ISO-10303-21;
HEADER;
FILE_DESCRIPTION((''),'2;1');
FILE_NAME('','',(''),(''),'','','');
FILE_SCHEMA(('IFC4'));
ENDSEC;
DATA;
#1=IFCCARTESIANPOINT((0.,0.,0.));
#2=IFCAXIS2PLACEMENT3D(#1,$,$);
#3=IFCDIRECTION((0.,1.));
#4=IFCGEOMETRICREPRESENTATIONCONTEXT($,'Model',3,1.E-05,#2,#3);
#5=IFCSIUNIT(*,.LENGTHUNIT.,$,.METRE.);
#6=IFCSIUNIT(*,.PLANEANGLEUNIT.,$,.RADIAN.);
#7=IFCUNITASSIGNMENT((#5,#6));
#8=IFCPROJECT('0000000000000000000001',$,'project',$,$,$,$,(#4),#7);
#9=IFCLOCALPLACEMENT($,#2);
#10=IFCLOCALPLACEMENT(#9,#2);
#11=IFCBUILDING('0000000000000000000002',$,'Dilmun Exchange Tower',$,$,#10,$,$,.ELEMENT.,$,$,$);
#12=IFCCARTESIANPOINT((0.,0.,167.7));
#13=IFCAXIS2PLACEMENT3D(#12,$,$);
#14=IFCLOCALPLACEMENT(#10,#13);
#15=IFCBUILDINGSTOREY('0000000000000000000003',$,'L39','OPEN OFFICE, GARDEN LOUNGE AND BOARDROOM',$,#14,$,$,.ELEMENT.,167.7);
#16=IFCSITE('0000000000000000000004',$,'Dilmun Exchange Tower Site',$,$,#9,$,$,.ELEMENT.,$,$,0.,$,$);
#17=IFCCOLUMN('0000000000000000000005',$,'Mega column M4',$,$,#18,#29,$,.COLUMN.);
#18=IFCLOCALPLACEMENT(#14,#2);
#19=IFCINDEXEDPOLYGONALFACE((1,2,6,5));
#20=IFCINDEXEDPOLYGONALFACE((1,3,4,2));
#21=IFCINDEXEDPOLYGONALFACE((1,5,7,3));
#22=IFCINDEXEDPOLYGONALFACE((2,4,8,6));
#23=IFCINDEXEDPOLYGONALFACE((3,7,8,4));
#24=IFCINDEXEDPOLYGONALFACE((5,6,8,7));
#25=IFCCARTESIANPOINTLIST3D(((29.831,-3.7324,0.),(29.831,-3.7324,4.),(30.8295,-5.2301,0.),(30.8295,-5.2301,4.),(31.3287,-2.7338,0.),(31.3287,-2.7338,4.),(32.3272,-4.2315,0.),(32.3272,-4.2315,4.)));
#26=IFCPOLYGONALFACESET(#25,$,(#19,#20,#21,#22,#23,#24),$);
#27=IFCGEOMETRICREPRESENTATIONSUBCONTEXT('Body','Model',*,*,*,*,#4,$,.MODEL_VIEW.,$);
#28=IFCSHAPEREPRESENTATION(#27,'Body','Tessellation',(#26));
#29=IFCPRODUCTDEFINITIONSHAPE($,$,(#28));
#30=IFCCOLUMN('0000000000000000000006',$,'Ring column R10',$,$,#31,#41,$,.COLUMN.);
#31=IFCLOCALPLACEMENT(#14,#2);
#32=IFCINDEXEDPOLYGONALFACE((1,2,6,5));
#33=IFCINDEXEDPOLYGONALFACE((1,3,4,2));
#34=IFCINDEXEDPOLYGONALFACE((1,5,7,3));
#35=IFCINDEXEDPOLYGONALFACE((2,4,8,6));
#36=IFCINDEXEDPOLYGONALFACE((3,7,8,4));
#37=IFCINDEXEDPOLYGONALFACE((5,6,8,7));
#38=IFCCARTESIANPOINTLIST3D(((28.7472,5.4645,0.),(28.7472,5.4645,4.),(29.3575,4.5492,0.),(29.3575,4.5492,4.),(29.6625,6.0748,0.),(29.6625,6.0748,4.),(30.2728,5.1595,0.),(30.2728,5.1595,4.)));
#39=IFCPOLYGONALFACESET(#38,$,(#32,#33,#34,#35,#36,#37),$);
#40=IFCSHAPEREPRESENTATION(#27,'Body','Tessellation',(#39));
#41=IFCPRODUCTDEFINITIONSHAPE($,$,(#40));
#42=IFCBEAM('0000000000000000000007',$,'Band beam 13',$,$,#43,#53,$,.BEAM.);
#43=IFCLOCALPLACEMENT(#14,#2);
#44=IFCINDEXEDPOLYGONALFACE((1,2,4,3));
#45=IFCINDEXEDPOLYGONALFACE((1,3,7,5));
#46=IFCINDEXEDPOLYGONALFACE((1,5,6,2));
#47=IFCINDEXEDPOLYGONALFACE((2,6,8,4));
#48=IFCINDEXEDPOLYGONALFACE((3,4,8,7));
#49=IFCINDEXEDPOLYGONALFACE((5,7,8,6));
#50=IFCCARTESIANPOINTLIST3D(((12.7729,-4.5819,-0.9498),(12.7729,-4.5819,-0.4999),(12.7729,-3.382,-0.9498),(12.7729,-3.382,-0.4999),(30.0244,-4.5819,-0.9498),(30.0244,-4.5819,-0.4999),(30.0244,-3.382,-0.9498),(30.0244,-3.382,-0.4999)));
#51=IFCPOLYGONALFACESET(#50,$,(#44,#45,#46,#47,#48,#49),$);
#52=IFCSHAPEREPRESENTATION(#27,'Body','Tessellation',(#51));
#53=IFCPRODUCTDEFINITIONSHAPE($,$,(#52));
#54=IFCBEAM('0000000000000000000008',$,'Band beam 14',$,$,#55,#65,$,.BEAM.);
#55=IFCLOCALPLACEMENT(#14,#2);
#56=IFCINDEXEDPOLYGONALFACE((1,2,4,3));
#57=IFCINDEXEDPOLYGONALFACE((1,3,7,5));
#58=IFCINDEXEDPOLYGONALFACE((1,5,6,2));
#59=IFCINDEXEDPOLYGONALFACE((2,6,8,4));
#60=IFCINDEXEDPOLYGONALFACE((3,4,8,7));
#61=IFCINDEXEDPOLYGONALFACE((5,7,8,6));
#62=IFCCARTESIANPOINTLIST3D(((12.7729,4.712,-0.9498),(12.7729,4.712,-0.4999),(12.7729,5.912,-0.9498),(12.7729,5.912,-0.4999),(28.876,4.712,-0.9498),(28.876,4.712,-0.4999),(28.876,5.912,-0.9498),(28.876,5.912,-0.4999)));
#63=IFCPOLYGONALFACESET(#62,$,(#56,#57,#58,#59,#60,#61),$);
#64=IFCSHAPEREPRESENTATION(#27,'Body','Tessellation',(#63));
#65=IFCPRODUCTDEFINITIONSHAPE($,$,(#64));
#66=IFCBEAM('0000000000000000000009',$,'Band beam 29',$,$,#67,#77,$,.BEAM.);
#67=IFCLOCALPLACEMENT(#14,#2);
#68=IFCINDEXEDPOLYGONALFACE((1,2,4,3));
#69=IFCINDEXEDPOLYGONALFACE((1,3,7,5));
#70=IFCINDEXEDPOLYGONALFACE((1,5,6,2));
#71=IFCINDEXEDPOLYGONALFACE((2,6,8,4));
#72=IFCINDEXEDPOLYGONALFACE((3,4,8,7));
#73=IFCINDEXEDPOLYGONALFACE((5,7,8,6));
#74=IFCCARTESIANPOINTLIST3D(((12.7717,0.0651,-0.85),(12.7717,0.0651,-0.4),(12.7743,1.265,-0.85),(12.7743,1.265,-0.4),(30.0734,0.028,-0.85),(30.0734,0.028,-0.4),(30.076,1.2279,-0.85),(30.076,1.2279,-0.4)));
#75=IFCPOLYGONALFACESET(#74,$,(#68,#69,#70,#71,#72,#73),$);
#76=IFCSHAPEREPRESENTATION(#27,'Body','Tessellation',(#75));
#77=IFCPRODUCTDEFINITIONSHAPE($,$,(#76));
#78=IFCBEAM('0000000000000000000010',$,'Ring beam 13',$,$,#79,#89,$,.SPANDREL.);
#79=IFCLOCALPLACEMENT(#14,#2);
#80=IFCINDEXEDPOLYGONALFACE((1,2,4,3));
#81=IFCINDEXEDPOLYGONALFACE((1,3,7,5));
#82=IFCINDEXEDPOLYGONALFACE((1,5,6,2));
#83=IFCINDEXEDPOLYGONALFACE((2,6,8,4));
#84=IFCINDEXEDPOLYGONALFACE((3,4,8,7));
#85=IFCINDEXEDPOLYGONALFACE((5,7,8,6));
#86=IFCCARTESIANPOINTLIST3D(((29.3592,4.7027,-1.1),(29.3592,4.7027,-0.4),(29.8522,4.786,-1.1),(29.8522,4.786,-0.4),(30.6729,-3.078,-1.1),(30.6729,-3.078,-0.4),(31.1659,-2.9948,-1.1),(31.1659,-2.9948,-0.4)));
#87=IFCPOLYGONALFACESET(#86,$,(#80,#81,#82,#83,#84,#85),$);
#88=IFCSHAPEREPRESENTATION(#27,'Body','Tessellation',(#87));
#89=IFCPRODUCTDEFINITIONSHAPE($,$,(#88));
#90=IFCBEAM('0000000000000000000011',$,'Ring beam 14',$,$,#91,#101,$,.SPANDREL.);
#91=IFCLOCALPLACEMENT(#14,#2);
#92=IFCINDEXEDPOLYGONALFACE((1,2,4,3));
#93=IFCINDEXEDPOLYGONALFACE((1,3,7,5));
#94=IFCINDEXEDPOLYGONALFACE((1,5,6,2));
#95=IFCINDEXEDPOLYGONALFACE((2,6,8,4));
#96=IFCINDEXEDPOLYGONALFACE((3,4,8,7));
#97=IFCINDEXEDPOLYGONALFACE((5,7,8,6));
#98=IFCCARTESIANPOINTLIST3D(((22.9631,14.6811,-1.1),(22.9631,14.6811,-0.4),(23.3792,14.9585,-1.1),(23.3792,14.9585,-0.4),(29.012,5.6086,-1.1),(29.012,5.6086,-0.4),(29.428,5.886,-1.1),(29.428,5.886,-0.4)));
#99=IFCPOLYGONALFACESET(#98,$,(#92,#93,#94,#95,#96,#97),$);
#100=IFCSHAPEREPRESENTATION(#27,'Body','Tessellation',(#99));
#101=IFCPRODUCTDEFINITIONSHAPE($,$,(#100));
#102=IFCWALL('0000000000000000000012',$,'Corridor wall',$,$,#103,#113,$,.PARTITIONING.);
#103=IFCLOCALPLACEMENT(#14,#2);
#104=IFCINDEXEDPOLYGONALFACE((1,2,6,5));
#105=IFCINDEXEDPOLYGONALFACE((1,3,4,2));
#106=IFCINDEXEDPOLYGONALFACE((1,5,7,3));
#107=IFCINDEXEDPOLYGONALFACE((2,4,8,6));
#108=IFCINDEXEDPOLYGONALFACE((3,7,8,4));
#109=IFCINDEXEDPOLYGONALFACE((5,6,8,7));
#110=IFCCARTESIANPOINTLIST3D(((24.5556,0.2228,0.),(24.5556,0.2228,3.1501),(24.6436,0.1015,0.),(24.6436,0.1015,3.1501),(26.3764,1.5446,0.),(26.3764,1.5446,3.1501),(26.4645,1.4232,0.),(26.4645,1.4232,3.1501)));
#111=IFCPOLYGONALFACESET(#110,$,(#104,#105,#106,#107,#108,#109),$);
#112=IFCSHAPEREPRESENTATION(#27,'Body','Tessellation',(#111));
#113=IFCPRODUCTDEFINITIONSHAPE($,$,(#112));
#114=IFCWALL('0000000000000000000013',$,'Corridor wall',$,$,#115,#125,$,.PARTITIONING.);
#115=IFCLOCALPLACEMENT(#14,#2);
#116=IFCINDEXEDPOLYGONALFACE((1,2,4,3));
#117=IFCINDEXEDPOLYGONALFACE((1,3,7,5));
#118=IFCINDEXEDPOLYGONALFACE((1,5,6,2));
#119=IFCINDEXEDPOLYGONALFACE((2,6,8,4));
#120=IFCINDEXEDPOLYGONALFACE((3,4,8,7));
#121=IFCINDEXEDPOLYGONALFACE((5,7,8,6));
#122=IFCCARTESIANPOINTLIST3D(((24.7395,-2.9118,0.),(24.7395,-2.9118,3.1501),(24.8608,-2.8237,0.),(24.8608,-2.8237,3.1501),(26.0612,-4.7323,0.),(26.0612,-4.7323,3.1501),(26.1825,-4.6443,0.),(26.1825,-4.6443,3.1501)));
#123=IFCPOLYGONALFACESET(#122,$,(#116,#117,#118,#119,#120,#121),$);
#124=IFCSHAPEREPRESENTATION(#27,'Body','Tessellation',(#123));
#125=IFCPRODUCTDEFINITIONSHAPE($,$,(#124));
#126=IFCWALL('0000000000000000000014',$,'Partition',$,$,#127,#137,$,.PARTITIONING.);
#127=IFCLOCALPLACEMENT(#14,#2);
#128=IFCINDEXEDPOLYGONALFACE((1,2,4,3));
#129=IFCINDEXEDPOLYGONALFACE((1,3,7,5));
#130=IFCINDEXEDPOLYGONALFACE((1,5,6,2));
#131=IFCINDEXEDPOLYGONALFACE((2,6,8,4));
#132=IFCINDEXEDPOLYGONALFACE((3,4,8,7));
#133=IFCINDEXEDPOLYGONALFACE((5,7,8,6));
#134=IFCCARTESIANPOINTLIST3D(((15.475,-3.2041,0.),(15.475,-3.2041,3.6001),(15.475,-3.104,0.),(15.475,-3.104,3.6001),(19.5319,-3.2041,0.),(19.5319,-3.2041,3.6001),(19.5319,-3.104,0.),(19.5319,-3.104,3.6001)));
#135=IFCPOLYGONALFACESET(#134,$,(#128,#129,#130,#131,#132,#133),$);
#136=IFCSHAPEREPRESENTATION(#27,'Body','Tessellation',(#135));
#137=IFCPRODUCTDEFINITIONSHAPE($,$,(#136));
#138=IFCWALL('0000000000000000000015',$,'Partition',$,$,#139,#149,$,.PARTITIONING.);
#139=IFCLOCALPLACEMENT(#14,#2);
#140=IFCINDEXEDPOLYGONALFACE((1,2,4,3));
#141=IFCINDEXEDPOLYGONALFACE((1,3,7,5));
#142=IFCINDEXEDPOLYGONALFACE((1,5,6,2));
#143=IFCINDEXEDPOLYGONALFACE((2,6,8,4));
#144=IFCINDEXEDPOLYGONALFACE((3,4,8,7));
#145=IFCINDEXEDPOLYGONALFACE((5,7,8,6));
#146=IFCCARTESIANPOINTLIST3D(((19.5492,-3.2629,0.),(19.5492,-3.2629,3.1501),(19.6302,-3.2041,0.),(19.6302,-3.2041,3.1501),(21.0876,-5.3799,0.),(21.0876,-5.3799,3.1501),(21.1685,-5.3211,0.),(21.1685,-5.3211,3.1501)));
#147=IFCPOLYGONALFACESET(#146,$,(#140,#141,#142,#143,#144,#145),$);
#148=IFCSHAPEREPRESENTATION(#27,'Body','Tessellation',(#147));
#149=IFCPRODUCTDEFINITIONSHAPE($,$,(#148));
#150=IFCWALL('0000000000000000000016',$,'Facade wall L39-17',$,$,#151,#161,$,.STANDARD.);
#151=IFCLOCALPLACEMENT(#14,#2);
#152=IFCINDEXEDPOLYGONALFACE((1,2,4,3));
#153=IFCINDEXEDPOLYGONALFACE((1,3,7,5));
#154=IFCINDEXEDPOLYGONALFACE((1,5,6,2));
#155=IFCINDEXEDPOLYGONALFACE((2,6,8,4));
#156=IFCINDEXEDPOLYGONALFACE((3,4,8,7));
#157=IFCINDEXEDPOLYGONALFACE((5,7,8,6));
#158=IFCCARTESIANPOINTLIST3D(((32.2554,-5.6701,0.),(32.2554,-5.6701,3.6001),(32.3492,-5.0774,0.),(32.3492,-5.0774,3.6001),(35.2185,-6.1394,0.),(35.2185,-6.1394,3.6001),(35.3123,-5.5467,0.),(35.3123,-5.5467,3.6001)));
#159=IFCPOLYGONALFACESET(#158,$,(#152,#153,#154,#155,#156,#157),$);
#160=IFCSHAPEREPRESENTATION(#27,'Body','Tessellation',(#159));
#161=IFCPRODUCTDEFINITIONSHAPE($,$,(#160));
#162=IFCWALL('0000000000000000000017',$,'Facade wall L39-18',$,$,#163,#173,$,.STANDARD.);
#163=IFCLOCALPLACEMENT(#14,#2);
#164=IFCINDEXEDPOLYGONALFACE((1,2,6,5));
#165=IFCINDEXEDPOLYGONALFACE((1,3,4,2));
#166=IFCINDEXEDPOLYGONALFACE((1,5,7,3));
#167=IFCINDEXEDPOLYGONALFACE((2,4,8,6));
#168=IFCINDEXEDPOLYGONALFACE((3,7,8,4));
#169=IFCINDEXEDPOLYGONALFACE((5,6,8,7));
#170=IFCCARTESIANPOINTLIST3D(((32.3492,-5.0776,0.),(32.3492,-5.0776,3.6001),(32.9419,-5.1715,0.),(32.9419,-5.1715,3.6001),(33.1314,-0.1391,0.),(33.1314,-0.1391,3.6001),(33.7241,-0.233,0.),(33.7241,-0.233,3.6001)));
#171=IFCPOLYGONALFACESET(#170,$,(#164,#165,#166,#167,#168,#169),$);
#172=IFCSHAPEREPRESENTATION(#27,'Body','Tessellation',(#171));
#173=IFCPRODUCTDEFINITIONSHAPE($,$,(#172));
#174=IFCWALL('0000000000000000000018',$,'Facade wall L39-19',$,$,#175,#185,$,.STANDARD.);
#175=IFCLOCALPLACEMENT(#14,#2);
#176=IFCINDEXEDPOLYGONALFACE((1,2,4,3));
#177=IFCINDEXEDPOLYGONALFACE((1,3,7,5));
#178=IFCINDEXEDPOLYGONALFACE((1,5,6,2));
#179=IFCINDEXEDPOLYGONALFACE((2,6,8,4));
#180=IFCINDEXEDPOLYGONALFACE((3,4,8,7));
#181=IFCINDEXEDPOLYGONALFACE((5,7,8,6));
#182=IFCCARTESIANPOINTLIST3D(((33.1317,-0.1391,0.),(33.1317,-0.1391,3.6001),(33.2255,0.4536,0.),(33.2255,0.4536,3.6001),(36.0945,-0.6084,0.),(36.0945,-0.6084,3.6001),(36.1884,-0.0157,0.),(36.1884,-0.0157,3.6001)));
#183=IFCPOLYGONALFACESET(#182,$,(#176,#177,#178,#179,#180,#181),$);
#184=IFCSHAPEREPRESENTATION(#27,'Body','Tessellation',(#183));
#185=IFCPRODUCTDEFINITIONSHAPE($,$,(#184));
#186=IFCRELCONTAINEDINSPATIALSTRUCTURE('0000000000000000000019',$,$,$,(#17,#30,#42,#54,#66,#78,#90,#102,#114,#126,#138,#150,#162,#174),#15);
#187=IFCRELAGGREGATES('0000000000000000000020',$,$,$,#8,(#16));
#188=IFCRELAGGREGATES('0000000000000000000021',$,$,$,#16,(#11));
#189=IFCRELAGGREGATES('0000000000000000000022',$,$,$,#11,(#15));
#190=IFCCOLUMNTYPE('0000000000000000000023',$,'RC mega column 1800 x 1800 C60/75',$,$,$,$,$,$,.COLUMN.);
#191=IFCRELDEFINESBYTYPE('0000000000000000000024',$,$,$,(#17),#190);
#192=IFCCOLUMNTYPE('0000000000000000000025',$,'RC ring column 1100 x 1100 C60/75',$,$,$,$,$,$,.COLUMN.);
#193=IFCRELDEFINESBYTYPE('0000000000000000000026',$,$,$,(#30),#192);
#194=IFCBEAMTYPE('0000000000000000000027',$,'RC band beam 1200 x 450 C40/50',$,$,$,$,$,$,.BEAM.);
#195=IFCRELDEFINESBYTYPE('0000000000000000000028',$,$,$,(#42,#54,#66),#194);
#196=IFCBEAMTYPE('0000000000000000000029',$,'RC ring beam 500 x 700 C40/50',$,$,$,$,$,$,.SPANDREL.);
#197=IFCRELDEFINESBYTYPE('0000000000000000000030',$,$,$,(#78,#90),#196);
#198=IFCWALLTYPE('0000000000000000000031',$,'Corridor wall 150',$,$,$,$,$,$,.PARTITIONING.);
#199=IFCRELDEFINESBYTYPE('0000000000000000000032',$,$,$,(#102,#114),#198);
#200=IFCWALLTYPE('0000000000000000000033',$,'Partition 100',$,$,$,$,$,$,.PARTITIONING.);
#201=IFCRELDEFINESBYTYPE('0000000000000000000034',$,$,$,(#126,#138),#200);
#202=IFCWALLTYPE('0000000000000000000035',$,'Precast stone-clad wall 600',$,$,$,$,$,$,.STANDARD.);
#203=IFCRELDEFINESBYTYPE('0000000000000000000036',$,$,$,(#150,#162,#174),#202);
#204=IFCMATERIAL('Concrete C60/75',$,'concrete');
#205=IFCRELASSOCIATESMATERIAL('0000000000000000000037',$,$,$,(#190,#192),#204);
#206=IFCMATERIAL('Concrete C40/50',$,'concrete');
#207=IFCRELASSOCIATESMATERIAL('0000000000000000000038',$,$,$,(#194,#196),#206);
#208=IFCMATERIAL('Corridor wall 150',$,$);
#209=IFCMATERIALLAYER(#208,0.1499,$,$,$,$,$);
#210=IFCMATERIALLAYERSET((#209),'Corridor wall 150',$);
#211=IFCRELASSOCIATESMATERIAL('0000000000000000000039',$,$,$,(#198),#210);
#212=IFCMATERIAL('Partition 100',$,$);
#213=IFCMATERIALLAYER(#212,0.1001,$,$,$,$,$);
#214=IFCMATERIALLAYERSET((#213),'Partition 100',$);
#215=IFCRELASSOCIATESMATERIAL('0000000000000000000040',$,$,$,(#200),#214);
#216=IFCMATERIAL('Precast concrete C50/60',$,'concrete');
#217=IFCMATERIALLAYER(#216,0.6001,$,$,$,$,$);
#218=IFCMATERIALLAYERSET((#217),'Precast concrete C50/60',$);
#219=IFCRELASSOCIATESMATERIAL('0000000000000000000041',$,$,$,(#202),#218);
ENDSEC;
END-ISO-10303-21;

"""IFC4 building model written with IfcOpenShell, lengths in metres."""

from ifc_helpers import new_model, si_unit, direction, frame, frame_2d, origin, origin_2d, place, context, subcontext, project, spatial, rectangle, extrude, material, layer, layer_set, material_profile, profile_set, type_object, element, save


model = new_model("IFC4")

# Units and contexts
model_context = context("Model", 3, precision=1e-05, world=origin(), true_north=direction((0.0, 1.0)))
body_context = subcontext(model_context, "Body", "Model", "MODEL_VIEW")
ifc_project = project(units=[si_unit("LENGTHUNIT", "METRE"), si_unit("PLANEANGLEUNIT", "RADIAN")], contexts=[model_context])

# Site, building, storey
site_placement = place(None, origin())
site = spatial("IfcSite", under=ifc_project, at=site_placement, Name="Dilmun Exchange Tower Site", CompositionType="ELEMENT", RefElevation=0.0)
building_placement = place(site_placement, origin())
building = spatial("IfcBuilding", under=site, at=building_placement, Name="Dilmun Exchange Tower", CompositionType="ELEMENT")
storey_placement = place(building_placement, frame((0.0, 0.0, 167.7)))
storey = spatial("IfcBuildingStorey", under=building, at=storey_placement, Name="L39", Description="OPEN OFFICE, GARDEN LOUNGE AND BOARDROOM", CompositionType="ELEMENT", Elevation=167.7)

# Columns
ifc_material_1 = material(Name="Concrete C60/75", Category="concrete")
ifc_material_profile_1 = material_profile(ifc_material_1, rectangle(XDim=1.8, YDim=1.8, at=origin_2d()), Name="1800 x 1800")
ifc_profile_set_1 = profile_set([ifc_material_profile_1], Name="Concrete C60/75")
column_type_1 = type_object("IfcColumnType", Name="RC mega column 1800 x 1800 C60/75", PredefinedType="COLUMN", material=ifc_profile_set_1)
column_1_placement = place(storey_placement, frame((31.0791, -3.9819, 0.0), z_axis=(0.0, 0.0, 1.0), x_axis=(0.832029, 0.554733, 0.0)))
element("IfcColumn", 1, at=column_1_placement, inside=storey, type_object=column_type_1, Name="Mega column M4", PredefinedType="COLUMN", context=body_context, shape_type="SweptSolid", body=[
    extrude(rectangle(XDim=1.8, YDim=1.8, at=origin_2d()), origin(), (0.0, 0.0, 1.0), 4.0),
])
ifc_material_profile_2 = material_profile(ifc_material_1, rectangle(XDim=1.1001, YDim=1.1001, at=origin_2d()), Name="1100 x 1100")
ifc_profile_set_2 = profile_set([ifc_material_profile_2], Name="Concrete C60/75")
column_type_2 = type_object("IfcColumnType", Name="RC ring column 1100 x 1100 C60/75", PredefinedType="COLUMN", material=ifc_profile_set_2)
column_2_placement = place(storey_placement, frame((29.51, 5.312, 0.0), z_axis=(0.0, 0.0, 1.0), x_axis=(0.832029, 0.554733, 0.0)))
element("IfcColumn", 2, at=column_2_placement, inside=storey, type_object=column_type_2, Name="Ring column R10", PredefinedType="COLUMN", context=body_context, shape_type="SweptSolid", body=[
    extrude(rectangle(XDim=1.1001, YDim=1.1001, at=origin_2d()), origin(), (0.0, 0.0, 1.0), 4.0),
])

# Beams
ifc_material_2 = material(Name="Concrete C40/50", Category="concrete")
ifc_material_profile_3 = material_profile(ifc_material_2, rectangle(XDim=1.2, YDim=0.45, at=origin_2d()), Name="1200 x 450")
ifc_profile_set_3 = profile_set([ifc_material_profile_3], Name="Concrete C40/50")
beam_type_1 = type_object("IfcBeamType", Name="RC band beam 1200 x 450 C40/50", PredefinedType="BEAM", material=ifc_profile_set_3)
beam_1_placement = place(storey_placement, frame((30.0244, -3.9819, -0.7249), z_axis=(-1.0, 0.0, 0.0), x_axis=(0.0, -1.0, 0.0)))
element("IfcBeam", 3, at=beam_1_placement, inside=storey, type_object=beam_type_1, Name="Band beam 13", PredefinedType="BEAM", context=body_context, shape_type="SweptSolid", body=[
    extrude(rectangle(XDim=1.2, YDim=0.45, at=origin_2d()), origin(), (0.0, 0.0, 1.0), 17.2515),
])
beam_2_placement = place(storey_placement, frame((28.876, 5.312, -0.7249), z_axis=(-1.0, 0.0, 0.0), x_axis=(0.0, -1.0, 0.0)))
element("IfcBeam", 4, at=beam_2_placement, inside=storey, type_object=beam_type_1, Name="Band beam 14", PredefinedType="BEAM", context=body_context, shape_type="SweptSolid", body=[
    extrude(rectangle(XDim=1.2, YDim=0.45, at=origin_2d()), origin(), (0.0, 0.0, 1.0), 16.103),
])
beam_3_placement = place(storey_placement, frame((30.0747, 0.6279, -0.625), z_axis=(-0.999998, 0.002145, 0.0), x_axis=(-0.002145, -0.999998, 0.0)))
element("IfcBeam", 5, at=beam_3_placement, inside=storey, type_object=beam_type_1, Name="Band beam 29", PredefinedType="BEAM", context=body_context, shape_type="SweptSolid", body=[
    extrude(rectangle(XDim=1.2, YDim=0.45, at=origin_2d()), origin(), (0.0, 0.0, 1.0), 17.3018),
])
ifc_material_profile_4 = material_profile(ifc_material_2, rectangle(XDim=0.5, YDim=0.7, at=origin_2d()), Name="500 x 700")
ifc_profile_set_4 = profile_set([ifc_material_profile_4], Name="Concrete C40/50")
beam_type_2 = type_object("IfcBeamType", Name="RC ring beam 500 x 700 C40/50", PredefinedType="SPANDREL", material=ifc_profile_set_4)
beam_4_placement = place(storey_placement, frame((30.9194, -3.0364, -0.75), z_axis=(-0.166486, 0.986044, 0.0), x_axis=(-0.986044, -0.166486, 0.0)))
element("IfcBeam", 6, at=beam_4_placement, inside=storey, type_object=beam_type_2, Name="Ring beam 13", PredefinedType="SPANDREL", context=body_context, shape_type="SweptSolid", body=[
    extrude(rectangle(XDim=0.5, YDim=0.7, at=origin_2d()), origin(), (0.0, 0.0, 1.0), 7.8909),
])
beam_5_placement = place(storey_placement, frame((29.22, 5.7473, -0.75), z_axis=(-0.554731, 0.83203, 0.0), x_axis=(-0.83203, -0.554731, 0.0)))
element("IfcBeam", 7, at=beam_5_placement, inside=storey, type_object=beam_type_2, Name="Ring beam 14", PredefinedType="SPANDREL", context=body_context, shape_type="SweptSolid", body=[
    extrude(rectangle(XDim=0.5, YDim=0.7, at=origin_2d()), origin(), (0.0, 0.0, 1.0), 10.9041),
])

# Walls
ifc_material_3 = material(Name="Corridor wall 150")
ifc_layer_1 = layer(ifc_material_3, 0.1499)
ifc_layer_set_1 = layer_set([ifc_layer_1], Name="Corridor wall 150")
wall_type_1 = type_object("IfcWallType", Name="Corridor wall 150", PredefinedType="PARTITIONING", material=ifc_layer_set_1)
wall_1_placement = place(storey_placement, frame((24.5996, 0.1621, 0.0), z_axis=(0.0, 0.0, 1.0), x_axis=(0.809252, 0.587462, 0.0)))
element("IfcWall", 8, at=wall_1_placement, inside=storey, type_object=wall_type_1, Name="Corridor wall", PredefinedType="PARTITIONING", context=body_context, shape_type="SweptSolid", body=[
    extrude(rectangle(XDim=2.25, YDim=0.1499, at=frame_2d((1.125, 0.0))), origin(), (0.0, 0.0, 1.0), 3.1501),
])
wall_2_placement = place(storey_placement, frame((24.8, -2.8677, 0.0), z_axis=(0.0, 0.0, 1.0), x_axis=(0.587513, -0.809214, 0.0)))
element("IfcWall", 9, at=wall_2_placement, inside=storey, type_object=wall_type_1, Name="Corridor wall", PredefinedType="PARTITIONING", context=body_context, shape_type="SweptSolid", body=[
    extrude(rectangle(XDim=2.2498, YDim=0.1499, at=frame_2d((1.125, 0.0))), origin(), (0.0, 0.0, 1.0), 3.1501),
])
ifc_material_4 = material(Name="Partition 100")
ifc_layer_2 = layer(ifc_material_4, 0.1001)
ifc_layer_set_2 = layer_set([ifc_layer_2], Name="Partition 100")
wall_type_2 = type_object("IfcWallType", Name="Partition 100", PredefinedType="PARTITIONING", material=ifc_layer_set_2)
wall_3_placement = place(storey_placement, frame((15.4751, -3.1541, 0.0), z_axis=(0.0, 0.0, 1.0), x_axis=(1.0, 0.0, 0.0)))
element("IfcWall", 10, at=wall_3_placement, inside=storey, type_object=wall_type_2, Name="Partition", PredefinedType="PARTITIONING", context=body_context, shape_type="SweptSolid", body=[
    extrude(rectangle(XDim=4.0569, YDim=0.1001, at=frame_2d((2.0283, 0.0))), origin(), (0.0, 0.0, 1.0), 3.6001),
])
wall_4_placement = place(storey_placement, frame((19.5896, -3.2334, 0.0), z_axis=(0.0, 0.0, 1.0), x_axis=(0.587855, -0.808966, 0.0)))
element("IfcWall", 11, at=wall_4_placement, inside=storey, type_object=wall_type_2, Name="Partition", PredefinedType="PARTITIONING", context=body_context, shape_type="SweptSolid", body=[
    extrude(rectangle(XDim=2.6169, YDim=0.1001, at=frame_2d((1.3086, 0.0))), origin(), (0.0, 0.0, 1.0), 3.1501),
])
ifc_material_5 = material(Name="Precast concrete C50/60", Category="concrete")
ifc_layer_3 = layer(ifc_material_5, 0.6001)
ifc_layer_set_3 = layer_set([ifc_layer_3], Name="Precast concrete C50/60")
wall_type_3 = type_object("IfcWallType", Name="Precast stone-clad wall 600", PredefinedType="STANDARD", material=ifc_layer_set_3)
wall_5_placement = place(storey_placement, frame((35.2654, -5.843, 0.0), z_axis=(0.0, 0.0, 1.0), x_axis=(-0.987692, 0.15641, 0.0)))
element("IfcWall", 12, at=wall_5_placement, inside=storey, type_object=wall_type_3, Name="Facade wall L39-17", PredefinedType="STANDARD", context=body_context, shape_type="SweptSolid", body=[
    extrude(rectangle(XDim=3.0, YDim=0.6001, at=frame_2d((1.5, 0.0))), origin(), (0.0, 0.0, 1.0), 3.6001),
])
wall_6_placement = place(storey_placement, frame((32.6455, -5.1245, 0.0), z_axis=(0.0, 0.0, 1.0), x_axis=(0.156444, 0.987687, 0.0)))
element("IfcWall", 13, at=wall_6_placement, inside=storey, type_object=wall_type_3, Name="Facade wall L39-18", PredefinedType="STANDARD", context=body_context, shape_type="SweptSolid", body=[
    extrude(rectangle(XDim=5.0, YDim=0.6001, at=frame_2d((2.5, 0.0))), origin(), (0.0, 0.0, 1.0), 3.6001),
])
wall_7_placement = place(storey_placement, frame((33.1785, 0.1572, 0.0), z_axis=(0.0, 0.0, 1.0), x_axis=(0.98769, -0.156422, 0.0)))
element("IfcWall", 14, at=wall_7_placement, inside=storey, type_object=wall_type_3, Name="Facade wall L39-19", PredefinedType="STANDARD", context=body_context, shape_type="SweptSolid", body=[
    extrude(rectangle(XDim=2.9998, YDim=0.6001, at=frame_2d((1.5, 0.0))), origin(), (0.0, 0.0, 1.0), 3.6001),
])

save(model, "model.ifc")
